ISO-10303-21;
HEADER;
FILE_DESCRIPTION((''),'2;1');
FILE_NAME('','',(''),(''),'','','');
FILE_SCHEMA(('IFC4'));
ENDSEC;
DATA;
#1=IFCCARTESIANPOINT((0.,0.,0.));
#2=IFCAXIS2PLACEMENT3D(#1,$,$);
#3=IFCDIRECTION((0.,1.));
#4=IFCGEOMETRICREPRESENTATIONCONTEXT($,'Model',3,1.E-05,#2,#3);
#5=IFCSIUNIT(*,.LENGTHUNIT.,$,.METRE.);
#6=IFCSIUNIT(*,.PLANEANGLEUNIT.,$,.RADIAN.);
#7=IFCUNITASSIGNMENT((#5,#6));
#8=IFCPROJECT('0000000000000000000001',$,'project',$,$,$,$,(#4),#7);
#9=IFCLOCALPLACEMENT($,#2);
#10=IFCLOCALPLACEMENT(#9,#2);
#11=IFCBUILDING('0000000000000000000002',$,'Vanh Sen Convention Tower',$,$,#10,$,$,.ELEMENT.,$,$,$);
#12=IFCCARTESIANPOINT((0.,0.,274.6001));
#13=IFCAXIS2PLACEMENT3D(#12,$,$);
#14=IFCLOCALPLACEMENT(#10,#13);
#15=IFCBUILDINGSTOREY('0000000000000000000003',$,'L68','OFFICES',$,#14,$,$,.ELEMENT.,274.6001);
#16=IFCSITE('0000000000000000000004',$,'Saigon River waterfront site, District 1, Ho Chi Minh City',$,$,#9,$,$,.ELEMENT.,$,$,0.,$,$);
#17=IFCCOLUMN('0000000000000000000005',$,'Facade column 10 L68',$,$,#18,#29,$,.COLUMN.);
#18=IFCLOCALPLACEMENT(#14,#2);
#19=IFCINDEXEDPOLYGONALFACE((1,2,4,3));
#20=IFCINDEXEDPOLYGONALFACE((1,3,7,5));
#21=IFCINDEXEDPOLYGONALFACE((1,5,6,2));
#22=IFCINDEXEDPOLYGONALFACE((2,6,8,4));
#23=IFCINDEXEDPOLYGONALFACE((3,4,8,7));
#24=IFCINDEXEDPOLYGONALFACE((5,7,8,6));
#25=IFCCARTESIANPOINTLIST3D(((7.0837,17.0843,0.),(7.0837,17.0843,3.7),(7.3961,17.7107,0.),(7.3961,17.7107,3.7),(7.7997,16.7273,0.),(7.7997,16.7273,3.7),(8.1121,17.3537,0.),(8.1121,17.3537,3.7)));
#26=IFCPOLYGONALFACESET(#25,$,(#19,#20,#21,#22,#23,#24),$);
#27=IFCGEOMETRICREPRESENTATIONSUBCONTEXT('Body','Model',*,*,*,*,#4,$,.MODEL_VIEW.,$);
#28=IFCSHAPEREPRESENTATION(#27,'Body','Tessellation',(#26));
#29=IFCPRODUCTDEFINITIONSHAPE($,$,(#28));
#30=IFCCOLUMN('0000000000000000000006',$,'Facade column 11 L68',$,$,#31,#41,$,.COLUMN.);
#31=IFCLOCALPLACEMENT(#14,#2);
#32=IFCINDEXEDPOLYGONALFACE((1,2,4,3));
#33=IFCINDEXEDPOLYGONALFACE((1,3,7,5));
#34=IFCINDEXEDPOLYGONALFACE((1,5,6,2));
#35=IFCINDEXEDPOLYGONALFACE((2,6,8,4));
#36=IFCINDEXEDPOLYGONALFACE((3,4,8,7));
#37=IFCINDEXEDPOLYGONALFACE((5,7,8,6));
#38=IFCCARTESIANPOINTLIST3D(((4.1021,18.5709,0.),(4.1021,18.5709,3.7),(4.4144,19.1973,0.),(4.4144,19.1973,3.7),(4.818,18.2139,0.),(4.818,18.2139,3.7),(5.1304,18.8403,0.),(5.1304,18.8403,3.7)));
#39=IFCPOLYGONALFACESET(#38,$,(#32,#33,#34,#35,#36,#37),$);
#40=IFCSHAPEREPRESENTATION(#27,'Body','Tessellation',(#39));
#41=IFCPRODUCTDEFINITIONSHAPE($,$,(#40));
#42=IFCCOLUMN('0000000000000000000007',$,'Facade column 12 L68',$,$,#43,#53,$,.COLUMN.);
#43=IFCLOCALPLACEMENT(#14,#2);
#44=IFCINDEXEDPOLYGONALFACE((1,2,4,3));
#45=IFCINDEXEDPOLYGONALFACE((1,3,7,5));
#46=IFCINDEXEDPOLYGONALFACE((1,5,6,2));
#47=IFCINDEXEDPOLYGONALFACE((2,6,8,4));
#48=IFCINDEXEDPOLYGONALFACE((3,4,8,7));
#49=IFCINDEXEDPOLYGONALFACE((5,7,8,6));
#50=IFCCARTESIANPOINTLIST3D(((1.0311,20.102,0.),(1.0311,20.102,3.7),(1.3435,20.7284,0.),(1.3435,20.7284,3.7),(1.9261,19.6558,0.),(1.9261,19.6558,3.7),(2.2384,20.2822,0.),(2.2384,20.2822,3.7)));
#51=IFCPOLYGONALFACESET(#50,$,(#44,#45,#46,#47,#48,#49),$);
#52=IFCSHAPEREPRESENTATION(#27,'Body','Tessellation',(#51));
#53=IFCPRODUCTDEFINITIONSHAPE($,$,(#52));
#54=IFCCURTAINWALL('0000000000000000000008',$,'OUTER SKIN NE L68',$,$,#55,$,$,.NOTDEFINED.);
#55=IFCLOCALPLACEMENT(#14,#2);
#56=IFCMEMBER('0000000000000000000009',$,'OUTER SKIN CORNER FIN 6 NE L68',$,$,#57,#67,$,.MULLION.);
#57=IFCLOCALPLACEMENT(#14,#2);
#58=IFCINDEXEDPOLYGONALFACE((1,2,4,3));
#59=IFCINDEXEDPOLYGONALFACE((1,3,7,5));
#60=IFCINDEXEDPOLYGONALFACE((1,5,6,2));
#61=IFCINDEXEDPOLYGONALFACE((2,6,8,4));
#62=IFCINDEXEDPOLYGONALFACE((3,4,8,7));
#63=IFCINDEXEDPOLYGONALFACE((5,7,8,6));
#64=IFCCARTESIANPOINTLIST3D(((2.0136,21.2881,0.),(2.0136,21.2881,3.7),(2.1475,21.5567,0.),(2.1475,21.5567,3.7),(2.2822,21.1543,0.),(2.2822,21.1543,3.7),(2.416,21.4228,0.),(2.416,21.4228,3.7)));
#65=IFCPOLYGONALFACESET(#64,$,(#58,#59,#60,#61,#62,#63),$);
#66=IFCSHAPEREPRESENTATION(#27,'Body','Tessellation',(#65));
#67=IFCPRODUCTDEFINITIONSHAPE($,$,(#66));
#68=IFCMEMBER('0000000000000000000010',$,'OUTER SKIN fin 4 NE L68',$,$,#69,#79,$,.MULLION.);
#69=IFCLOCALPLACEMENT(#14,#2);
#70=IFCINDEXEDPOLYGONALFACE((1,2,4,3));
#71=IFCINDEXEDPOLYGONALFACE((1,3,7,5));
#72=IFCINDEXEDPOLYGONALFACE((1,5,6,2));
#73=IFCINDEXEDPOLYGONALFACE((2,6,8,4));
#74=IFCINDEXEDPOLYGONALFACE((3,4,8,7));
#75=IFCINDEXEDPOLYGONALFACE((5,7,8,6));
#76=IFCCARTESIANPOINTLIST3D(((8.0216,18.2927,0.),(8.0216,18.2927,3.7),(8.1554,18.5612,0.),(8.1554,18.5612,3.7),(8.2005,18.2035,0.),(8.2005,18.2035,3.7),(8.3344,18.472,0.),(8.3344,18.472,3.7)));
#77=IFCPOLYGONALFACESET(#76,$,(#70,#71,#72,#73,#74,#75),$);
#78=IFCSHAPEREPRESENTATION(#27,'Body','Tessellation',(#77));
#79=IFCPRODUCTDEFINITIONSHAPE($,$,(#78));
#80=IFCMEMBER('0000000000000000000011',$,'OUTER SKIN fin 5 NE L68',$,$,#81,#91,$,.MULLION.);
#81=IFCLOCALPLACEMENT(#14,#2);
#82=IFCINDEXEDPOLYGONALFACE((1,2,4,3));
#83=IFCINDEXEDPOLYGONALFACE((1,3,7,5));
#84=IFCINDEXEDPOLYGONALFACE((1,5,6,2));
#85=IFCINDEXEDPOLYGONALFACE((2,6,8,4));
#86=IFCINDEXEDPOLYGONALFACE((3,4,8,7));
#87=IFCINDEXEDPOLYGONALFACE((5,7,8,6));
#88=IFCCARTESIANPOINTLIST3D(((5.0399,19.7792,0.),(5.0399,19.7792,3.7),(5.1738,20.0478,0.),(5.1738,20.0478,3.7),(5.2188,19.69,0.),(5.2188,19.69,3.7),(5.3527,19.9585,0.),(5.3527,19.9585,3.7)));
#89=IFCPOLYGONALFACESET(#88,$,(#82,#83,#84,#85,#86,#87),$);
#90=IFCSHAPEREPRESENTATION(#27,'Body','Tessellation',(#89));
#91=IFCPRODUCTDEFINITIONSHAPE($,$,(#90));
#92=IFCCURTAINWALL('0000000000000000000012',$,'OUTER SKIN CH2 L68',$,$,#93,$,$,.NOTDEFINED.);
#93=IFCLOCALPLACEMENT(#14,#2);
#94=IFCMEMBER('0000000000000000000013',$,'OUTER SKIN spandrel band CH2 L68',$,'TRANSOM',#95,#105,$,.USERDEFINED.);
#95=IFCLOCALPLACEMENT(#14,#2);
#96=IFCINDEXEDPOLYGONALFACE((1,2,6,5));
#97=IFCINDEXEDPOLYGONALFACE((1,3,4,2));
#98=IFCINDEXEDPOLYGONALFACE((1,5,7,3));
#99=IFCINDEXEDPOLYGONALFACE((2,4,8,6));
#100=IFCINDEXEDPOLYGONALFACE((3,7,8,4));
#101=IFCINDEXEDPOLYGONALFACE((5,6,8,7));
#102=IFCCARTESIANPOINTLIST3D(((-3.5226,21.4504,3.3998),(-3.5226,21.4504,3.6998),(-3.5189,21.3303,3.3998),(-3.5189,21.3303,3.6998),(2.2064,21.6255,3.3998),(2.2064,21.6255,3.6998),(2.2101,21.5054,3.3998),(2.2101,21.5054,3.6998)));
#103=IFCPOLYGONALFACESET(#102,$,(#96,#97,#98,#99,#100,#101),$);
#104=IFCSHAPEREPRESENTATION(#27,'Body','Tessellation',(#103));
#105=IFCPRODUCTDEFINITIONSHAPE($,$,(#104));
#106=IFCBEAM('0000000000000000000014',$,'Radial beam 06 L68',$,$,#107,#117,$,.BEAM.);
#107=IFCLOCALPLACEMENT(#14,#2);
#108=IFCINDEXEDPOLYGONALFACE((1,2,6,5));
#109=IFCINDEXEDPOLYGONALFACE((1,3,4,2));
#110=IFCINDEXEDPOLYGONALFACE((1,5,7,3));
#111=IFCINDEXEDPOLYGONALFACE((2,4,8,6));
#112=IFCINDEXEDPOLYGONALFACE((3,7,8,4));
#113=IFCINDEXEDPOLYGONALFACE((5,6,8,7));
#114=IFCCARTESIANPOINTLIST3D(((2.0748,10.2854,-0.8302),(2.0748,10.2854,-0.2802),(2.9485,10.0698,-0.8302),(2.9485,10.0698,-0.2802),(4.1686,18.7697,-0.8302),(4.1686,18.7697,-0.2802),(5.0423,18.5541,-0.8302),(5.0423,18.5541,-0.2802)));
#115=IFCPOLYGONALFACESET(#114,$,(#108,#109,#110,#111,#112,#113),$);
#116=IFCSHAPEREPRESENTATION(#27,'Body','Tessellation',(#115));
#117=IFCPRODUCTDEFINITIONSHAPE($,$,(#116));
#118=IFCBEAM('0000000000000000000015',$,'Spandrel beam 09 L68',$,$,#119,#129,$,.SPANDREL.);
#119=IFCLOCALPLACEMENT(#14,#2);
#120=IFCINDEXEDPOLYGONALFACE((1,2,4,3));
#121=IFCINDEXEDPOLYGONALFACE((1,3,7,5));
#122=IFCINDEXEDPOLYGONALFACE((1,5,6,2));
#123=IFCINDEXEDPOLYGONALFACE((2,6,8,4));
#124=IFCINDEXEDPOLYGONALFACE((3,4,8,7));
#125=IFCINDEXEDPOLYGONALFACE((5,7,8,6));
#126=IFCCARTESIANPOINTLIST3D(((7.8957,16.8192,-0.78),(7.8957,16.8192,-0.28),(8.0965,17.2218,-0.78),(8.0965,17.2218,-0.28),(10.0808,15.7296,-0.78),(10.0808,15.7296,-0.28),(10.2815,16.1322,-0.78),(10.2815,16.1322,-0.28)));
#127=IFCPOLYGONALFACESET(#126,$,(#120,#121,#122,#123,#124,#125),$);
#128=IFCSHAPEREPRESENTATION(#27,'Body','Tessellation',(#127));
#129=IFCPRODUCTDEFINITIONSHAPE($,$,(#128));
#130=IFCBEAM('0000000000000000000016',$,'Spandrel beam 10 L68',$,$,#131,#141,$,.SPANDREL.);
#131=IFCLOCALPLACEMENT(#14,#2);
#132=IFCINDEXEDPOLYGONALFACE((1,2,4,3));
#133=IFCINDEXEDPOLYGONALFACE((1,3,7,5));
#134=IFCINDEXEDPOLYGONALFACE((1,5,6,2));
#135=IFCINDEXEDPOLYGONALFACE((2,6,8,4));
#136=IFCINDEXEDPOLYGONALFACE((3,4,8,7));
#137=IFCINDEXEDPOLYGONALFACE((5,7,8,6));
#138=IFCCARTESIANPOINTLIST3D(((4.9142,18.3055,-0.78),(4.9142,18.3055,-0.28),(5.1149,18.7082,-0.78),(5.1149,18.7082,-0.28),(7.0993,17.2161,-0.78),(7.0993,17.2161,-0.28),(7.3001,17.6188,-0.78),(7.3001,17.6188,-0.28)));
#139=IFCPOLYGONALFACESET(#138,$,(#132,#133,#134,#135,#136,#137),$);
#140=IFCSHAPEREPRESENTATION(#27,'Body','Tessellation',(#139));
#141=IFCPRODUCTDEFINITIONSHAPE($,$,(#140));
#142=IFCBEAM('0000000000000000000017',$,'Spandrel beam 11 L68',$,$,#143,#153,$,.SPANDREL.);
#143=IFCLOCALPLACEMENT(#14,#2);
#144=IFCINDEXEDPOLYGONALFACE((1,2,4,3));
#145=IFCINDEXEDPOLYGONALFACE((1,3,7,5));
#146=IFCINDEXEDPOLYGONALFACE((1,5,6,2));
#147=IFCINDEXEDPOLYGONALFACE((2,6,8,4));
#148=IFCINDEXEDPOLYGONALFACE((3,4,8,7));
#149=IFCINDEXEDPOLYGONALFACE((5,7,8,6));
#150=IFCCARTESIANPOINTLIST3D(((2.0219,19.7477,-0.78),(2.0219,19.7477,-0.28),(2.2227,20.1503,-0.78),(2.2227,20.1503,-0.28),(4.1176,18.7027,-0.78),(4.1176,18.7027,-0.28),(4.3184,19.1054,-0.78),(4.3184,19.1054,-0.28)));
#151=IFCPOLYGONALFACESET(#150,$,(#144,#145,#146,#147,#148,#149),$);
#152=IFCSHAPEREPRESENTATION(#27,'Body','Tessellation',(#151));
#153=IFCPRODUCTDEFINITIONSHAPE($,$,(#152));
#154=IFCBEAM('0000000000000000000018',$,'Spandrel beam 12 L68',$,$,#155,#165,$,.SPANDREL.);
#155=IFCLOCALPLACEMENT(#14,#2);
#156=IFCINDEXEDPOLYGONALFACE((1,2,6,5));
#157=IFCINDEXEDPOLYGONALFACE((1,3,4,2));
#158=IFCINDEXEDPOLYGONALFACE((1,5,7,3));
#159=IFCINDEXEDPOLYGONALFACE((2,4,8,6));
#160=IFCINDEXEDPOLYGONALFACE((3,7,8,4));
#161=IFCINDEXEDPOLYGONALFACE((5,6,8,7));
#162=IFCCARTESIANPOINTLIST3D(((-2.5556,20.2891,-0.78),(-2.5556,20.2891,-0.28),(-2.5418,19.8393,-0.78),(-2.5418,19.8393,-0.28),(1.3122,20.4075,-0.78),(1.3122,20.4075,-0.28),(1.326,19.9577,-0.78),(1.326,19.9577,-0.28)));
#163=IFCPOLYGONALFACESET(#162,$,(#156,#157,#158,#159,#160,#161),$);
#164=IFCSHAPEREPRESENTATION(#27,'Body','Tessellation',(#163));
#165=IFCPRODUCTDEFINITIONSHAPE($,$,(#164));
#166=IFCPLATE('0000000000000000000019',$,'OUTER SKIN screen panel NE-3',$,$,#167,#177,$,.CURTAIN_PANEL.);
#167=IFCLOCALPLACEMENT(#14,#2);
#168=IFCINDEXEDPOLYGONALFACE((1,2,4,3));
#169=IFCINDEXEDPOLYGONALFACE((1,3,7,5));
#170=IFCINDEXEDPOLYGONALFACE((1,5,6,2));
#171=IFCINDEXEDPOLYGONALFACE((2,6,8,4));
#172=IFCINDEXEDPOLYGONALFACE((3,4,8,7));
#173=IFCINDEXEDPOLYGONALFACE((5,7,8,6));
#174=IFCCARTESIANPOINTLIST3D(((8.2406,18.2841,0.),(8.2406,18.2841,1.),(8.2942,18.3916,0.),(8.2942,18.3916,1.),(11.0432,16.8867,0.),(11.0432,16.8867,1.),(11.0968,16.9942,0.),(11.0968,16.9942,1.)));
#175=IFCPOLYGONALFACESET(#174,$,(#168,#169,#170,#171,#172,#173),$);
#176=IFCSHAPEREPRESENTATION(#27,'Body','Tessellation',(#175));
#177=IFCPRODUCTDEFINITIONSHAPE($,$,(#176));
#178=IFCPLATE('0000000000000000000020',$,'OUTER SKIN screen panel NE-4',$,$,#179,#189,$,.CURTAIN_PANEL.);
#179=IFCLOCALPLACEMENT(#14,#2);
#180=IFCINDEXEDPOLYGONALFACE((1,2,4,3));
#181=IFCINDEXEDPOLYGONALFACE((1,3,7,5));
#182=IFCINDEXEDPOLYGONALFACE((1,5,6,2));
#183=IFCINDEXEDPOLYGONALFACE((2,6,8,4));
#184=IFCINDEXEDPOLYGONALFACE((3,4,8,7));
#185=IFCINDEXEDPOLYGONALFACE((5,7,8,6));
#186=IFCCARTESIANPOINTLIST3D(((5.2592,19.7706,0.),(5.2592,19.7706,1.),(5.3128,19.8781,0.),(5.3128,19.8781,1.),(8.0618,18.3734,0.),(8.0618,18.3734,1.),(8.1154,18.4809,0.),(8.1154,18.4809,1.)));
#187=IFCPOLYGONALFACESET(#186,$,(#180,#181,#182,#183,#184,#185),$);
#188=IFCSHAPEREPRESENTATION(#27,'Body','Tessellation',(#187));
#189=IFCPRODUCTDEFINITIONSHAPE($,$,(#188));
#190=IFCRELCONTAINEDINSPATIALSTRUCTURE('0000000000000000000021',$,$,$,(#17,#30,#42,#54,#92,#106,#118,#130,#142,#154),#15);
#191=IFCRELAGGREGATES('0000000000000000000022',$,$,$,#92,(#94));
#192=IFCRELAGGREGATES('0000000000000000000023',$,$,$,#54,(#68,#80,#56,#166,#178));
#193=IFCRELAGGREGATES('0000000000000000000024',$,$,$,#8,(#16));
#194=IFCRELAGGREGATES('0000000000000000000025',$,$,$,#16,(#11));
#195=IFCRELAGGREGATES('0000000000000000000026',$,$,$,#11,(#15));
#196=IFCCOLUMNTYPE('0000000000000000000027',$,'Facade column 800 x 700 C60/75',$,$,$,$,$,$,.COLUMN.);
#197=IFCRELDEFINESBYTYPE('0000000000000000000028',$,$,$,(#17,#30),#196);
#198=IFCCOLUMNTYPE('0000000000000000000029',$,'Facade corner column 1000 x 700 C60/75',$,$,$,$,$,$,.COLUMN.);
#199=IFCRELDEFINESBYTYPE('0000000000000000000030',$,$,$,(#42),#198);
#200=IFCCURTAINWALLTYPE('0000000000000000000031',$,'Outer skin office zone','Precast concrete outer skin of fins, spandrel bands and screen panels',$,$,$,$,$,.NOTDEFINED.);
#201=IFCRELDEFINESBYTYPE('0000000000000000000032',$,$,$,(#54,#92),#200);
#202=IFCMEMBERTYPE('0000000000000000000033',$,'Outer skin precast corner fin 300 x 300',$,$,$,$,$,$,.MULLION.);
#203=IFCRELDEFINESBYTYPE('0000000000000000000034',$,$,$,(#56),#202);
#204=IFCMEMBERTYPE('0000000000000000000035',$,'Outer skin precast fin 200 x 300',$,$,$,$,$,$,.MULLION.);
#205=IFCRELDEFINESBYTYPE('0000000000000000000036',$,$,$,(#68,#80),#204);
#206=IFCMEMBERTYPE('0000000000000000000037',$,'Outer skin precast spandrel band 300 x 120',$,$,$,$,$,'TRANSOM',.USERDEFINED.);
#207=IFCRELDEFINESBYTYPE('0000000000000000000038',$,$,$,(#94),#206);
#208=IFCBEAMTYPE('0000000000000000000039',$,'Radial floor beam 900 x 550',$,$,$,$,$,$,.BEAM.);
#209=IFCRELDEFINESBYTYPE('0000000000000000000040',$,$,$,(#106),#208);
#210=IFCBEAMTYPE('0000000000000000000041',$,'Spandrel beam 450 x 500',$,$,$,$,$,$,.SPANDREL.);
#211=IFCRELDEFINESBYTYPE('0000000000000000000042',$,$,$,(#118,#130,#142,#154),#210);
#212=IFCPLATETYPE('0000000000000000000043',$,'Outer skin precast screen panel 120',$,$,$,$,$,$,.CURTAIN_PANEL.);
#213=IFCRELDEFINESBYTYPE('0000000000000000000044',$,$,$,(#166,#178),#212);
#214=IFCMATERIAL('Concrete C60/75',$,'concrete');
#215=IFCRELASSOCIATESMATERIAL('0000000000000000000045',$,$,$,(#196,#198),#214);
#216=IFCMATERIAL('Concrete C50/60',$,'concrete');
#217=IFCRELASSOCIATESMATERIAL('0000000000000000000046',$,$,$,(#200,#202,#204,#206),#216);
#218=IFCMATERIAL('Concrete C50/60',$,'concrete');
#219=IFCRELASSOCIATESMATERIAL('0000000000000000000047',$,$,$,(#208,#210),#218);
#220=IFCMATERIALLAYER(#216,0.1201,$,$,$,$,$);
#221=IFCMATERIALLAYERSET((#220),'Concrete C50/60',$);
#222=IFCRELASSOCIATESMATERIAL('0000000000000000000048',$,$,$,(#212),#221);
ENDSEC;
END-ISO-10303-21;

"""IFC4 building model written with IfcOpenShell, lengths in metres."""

from ifc_helpers import new_model, si_unit, direction, frame, origin, origin_2d, place, context, subcontext, project, spatial, rectangle, extrude, material, layer, layer_set, material_profile, profile_set, type_object, element, aggregate, save


model = new_model("IFC4")

# Units and contexts
model_context = context("Model", 3, precision=1e-05, world=origin(), true_north=direction((0.0, 1.0)))
body_context = subcontext(model_context, "Body", "Model", "MODEL_VIEW")
ifc_project = project(units=[si_unit("LENGTHUNIT", "METRE"), si_unit("PLANEANGLEUNIT", "RADIAN")], contexts=[model_context])

# Site, building, storey
site_placement = place(None, origin())
site = spatial("IfcSite", under=ifc_project, at=site_placement, Name="Saigon River waterfront site, District 1, Ho Chi Minh City", CompositionType="ELEMENT", RefElevation=0.0)
building_placement = place(site_placement, origin())
building = spatial("IfcBuilding", under=site, at=building_placement, Name="Vanh Sen Convention Tower", CompositionType="ELEMENT")
storey_placement = place(building_placement, frame((0.0, 0.0, 274.6001)))
storey = spatial("IfcBuildingStorey", under=building, at=storey_placement, Name="L68", Description="OFFICES", CompositionType="ELEMENT", Elevation=274.6001)

# Columns
ifc_material_1 = material(Name="Concrete C60/75", Category="concrete")
ifc_material_profile_1 = material_profile(ifc_material_1, rectangle(XDim=0.8, YDim=0.7, at=origin_2d()), Name="RC 800X700")
ifc_profile_set_1 = profile_set([ifc_material_profile_1], Name="Concrete C60/75")
column_type_1 = type_object("IfcColumnType", Name="Facade column 800 x 700 C60/75", PredefinedType="COLUMN", material=ifc_profile_set_1)
for number, where, z_axis, x_axis, name in (
    (1, (7.5979, 17.219, 0.0), (0.0, 0.0, 1.0), (-0.894934, 0.446198, 0.0), "Facade column 10 L68"),
    (2, (4.6162, 18.7056, 0.0), (0.0, 0.0, 1.0), (-0.894934, 0.446198, 0.0), "Facade column 11 L68"),
):
    element("IfcColumn", number, at=place(storey_placement, frame(where, z_axis=z_axis, x_axis=x_axis)), inside=storey, type_object=column_type_1, Name=name, PredefinedType="COLUMN", context=body_context, shape_type="SweptSolid", body=[
        extrude(rectangle(XDim=0.8, YDim=0.7, at=origin_2d()), origin(), (0.0, 0.0, 1.0), 3.7),
    ])
ifc_material_profile_2 = material_profile(ifc_material_1, rectangle(XDim=1.0, YDim=0.7, at=origin_2d()), Name="RC 1000X700")
ifc_profile_set_2 = profile_set([ifc_material_profile_2], Name="Concrete C60/75")
column_type_2 = type_object("IfcColumnType", Name="Facade corner column 1000 x 700 C60/75", PredefinedType="COLUMN", material=ifc_profile_set_2)
column_placement = place(storey_placement, frame((1.6348, 20.1921, 0.0), z_axis=(0.0, 0.0, 1.0), x_axis=(-0.894934, 0.446198, 0.0)))
element("IfcColumn", 3, at=column_placement, inside=storey, type_object=column_type_2, Name="Facade column 12 L68", PredefinedType="COLUMN", context=body_context, shape_type="SweptSolid", body=[
    extrude(rectangle(XDim=1.0, YDim=0.7, at=origin_2d()), origin(), (0.0, 0.0, 1.0), 3.7),
])

# Curtain wall, members
ifc_material_2 = material(Name="Concrete C50/60", Category="concrete")
curtain_wall_type = type_object("IfcCurtainWallType", Name="Outer skin office zone", Description="Precast concrete outer skin of fins, spandrel bands and screen panels", PredefinedType="NOTDEFINED", material=ifc_material_2)
curtain_wall_1_placement = place(storey_placement, origin())
curtain_wall_1 = element("IfcCurtainWall", 4, at=curtain_wall_1_placement, inside=storey, type_object=curtain_wall_type, Name="OUTER SKIN NE L68", PredefinedType="NOTDEFINED")
ifc_material_profile_3 = material_profile(ifc_material_2, rectangle(XDim=0.3, YDim=0.3, at=origin_2d()), Name="Outer skin precast corner fin 300 x 300")
ifc_profile_set_3 = profile_set([ifc_material_profile_3], Name="Concrete C50/60")
member_type_1 = type_object("IfcMemberType", Name="Outer skin precast corner fin 300 x 300", PredefinedType="MULLION", material=ifc_profile_set_3)
member_1_placement = place(storey_placement, frame((2.2148, 21.3555, 0.0), z_axis=(0.0, 0.0, 1.0), x_axis=(-0.894934, 0.446198, 0.0)))
member_1 = element("IfcMember", 5, at=member_1_placement, type_object=member_type_1, Name="OUTER SKIN CORNER FIN 6 NE L68", PredefinedType="MULLION", context=body_context, shape_type="SweptSolid", body=[
    extrude(rectangle(XDim=0.3, YDim=0.3, at=origin_2d()), origin(), (0.0, 0.0, 1.0), 3.7),
])
ifc_material_profile_4 = material_profile(ifc_material_2, rectangle(XDim=0.2, YDim=0.3, at=origin_2d()), Name="Outer skin precast fin 200 x 300")
ifc_profile_set_4 = profile_set([ifc_material_profile_4], Name="Concrete C50/60")
member_type_2 = type_object("IfcMemberType", Name="Outer skin precast fin 200 x 300", PredefinedType="MULLION", material=ifc_profile_set_4)
member_2_placement = place(storey_placement, frame((8.178, 18.3823, 0.0), z_axis=(0.0, 0.0, 1.0), x_axis=(-0.894934, 0.446198, 0.0)))
member_2 = element("IfcMember", 6, at=member_2_placement, type_object=member_type_2, Name="OUTER SKIN fin 4 NE L68", PredefinedType="MULLION", context=body_context, shape_type="SweptSolid", body=[
    extrude(rectangle(XDim=0.2, YDim=0.3, at=origin_2d()), origin(), (0.0, 0.0, 1.0), 3.7),
])
member_3_placement = place(storey_placement, frame((5.1963, 19.8689, 0.0), z_axis=(0.0, 0.0, 1.0), x_axis=(-0.894934, 0.446198, 0.0)))
member_3 = element("IfcMember", 7, at=member_3_placement, type_object=member_type_2, Name="OUTER SKIN fin 5 NE L68", PredefinedType="MULLION", context=body_context, shape_type="SweptSolid", body=[
    extrude(rectangle(XDim=0.2, YDim=0.3, at=origin_2d()), origin(), (0.0, 0.0, 1.0), 3.7),
])

# Curtain wall, member
curtain_wall_2_placement = place(storey_placement, origin())
curtain_wall_2 = element("IfcCurtainWall", 8, at=curtain_wall_2_placement, inside=storey, type_object=curtain_wall_type, Name="OUTER SKIN CH2 L68", PredefinedType="NOTDEFINED")
ifc_material_profile_5 = material_profile(ifc_material_2, rectangle(XDim=0.1201, YDim=0.3, at=origin_2d()), Name="Outer skin precast spandrel band 300 x 120")
ifc_profile_set_5 = profile_set([ifc_material_profile_5], Name="Concrete C50/60")
member_type_3 = type_object("IfcMemberType", Name="Outer skin precast spandrel band 300 x 120", ElementType="TRANSOM", PredefinedType="USERDEFINED", material=ifc_profile_set_5)
member_4_placement = place(storey_placement, frame((2.2083, 21.5654, 3.5498), z_axis=(-0.999534, -0.030541, 0.0), x_axis=(0.030541, -0.999534, 0.0)))
member_4 = element("IfcMember", 9, at=member_4_placement, type_object=member_type_3, Name="OUTER SKIN spandrel band CH2 L68", ObjectType="TRANSOM", PredefinedType="USERDEFINED", context=body_context, shape_type="SweptSolid", body=[
    extrude(rectangle(XDim=0.1201, YDim=0.3, at=origin_2d()), origin(), (0.0, 0.0, 1.0), 5.7317),
])
aggregate(curtain_wall_2, [member_4])

# Beams
ifc_material_3 = material(Name="Concrete C50/60", Category="concrete")
ifc_material_profile_6 = material_profile(ifc_material_3, rectangle(XDim=0.8999, YDim=0.55, at=origin_2d()), Name="RC 900X550")
ifc_profile_set_6 = profile_set([ifc_material_profile_6], Name="Concrete C50/60")
beam_type_1 = type_object("IfcBeamType", Name="Radial floor beam 900 x 550", PredefinedType="BEAM", material=ifc_profile_set_6)
beam_1_placement = place(storey_placement, frame((4.6055, 18.6619, -0.5552), z_axis=(-0.239596, -0.970873, 0.0), x_axis=(0.970873, -0.239596, 0.0)))
element("IfcBeam", 10, at=beam_1_placement, inside=storey, type_object=beam_type_1, Name="Radial beam 06 L68", PredefinedType="BEAM", context=body_context, shape_type="SweptSolid", body=[
    extrude(rectangle(XDim=0.8999, YDim=0.55, at=origin_2d()), origin(), (0.0, 0.0, 1.0), 8.7388),
])
ifc_material_profile_7 = material_profile(ifc_material_3, rectangle(XDim=0.45, YDim=0.5, at=origin_2d()), Name="RC 450X500")
ifc_profile_set_7 = profile_set([ifc_material_profile_7], Name="Concrete C50/60")
beam_type_2 = type_object("IfcBeamType", Name="Spandrel beam 450 x 500", PredefinedType="SPANDREL", material=ifc_profile_set_7)
for number, where, z_axis, x_axis, name in (
    (11, (10.1812, 15.9309, -0.53), (-0.894907, 0.446253, 0.0), (-0.446253, -0.894907, 0.0), "Spandrel beam 09 L68"),
    (12, (7.1997, 17.4175, -0.53), (-0.894947, 0.446173, 0.0), (-0.446173, -0.894947, 0.0), "Spandrel beam 10 L68"),
):
    element("IfcBeam", number, at=place(storey_placement, frame(where, z_axis=z_axis, x_axis=x_axis)), inside=storey, type_object=beam_type_2, Name=name, PredefinedType="SPANDREL", context=body_context, shape_type="SweptSolid", body=[
        extrude(rectangle(XDim=0.45, YDim=0.5, at=origin_2d()), origin(), (0.0, 0.0, 1.0), 2.4417),
    ])
beam_2_placement = place(storey_placement, frame((4.218, 18.9041, -0.53), z_axis=(-0.894927, 0.446212, 0.0), x_axis=(-0.446212, -0.894927, 0.0)))
element("IfcBeam", 13, at=beam_2_placement, inside=storey, type_object=beam_type_2, Name="Spandrel beam 11 L68", PredefinedType="SPANDREL", context=body_context, shape_type="SweptSolid", body=[
    extrude(rectangle(XDim=0.45, YDim=0.5, at=origin_2d()), origin(), (0.0, 0.0, 1.0), 2.3418),
])
beam_3_placement = place(storey_placement, frame((1.3191, 20.1826, -0.53), z_axis=(-0.999532, -0.030599, 0.0), x_axis=(0.030599, -0.999532, 0.0)))
element("IfcBeam", 14, at=beam_3_placement, inside=storey, type_object=beam_type_2, Name="Spandrel beam 12 L68", PredefinedType="SPANDREL", context=body_context, shape_type="SweptSolid", body=[
    extrude(rectangle(XDim=0.45, YDim=0.5, at=origin_2d()), origin(), (0.0, 0.0, 1.0), 3.8696),
])

# Plates
ifc_layer_1 = layer(ifc_material_2, 0.1201)
ifc_layer_set_1 = layer_set([ifc_layer_1], Name="Concrete C50/60")
plate_type = type_object("IfcPlateType", Name="Outer skin precast screen panel 120", PredefinedType="CURTAIN_PANEL", material=ifc_layer_set_1)
plate_1_placement = place(storey_placement, frame((9.6687, 17.6392, 0.0), z_axis=(0.0, 0.0, 1.0), x_axis=(-0.894931, 0.446204, 0.0)))
plate_1 = element("IfcPlate", 15, at=plate_1_placement, type_object=plate_type, Name="OUTER SKIN screen panel NE-3", PredefinedType="CURTAIN_PANEL", context=body_context, shape_type="SweptSolid", body=[
    extrude(rectangle(XDim=3.1316, YDim=0.1201, at=origin_2d()), origin(), (0.0, 0.0, 1.0), 1.0),
])
plate_2_placement = place(storey_placement, frame((6.6873, 19.1257, 0.0), z_axis=(0.0, 0.0, 1.0), x_axis=(-0.894943, 0.446181, 0.0)))
plate_2 = element("IfcPlate", 16, at=plate_2_placement, type_object=plate_type, Name="OUTER SKIN screen panel NE-4", PredefinedType="CURTAIN_PANEL", context=body_context, shape_type="SweptSolid", body=[
    extrude(rectangle(XDim=3.1316, YDim=0.1201, at=origin_2d()), origin(), (0.0, 0.0, 1.0), 1.0),
])
aggregate(curtain_wall_1, [member_2, member_3, member_1, plate_1, plate_2])

save(model, "model.ifc")
